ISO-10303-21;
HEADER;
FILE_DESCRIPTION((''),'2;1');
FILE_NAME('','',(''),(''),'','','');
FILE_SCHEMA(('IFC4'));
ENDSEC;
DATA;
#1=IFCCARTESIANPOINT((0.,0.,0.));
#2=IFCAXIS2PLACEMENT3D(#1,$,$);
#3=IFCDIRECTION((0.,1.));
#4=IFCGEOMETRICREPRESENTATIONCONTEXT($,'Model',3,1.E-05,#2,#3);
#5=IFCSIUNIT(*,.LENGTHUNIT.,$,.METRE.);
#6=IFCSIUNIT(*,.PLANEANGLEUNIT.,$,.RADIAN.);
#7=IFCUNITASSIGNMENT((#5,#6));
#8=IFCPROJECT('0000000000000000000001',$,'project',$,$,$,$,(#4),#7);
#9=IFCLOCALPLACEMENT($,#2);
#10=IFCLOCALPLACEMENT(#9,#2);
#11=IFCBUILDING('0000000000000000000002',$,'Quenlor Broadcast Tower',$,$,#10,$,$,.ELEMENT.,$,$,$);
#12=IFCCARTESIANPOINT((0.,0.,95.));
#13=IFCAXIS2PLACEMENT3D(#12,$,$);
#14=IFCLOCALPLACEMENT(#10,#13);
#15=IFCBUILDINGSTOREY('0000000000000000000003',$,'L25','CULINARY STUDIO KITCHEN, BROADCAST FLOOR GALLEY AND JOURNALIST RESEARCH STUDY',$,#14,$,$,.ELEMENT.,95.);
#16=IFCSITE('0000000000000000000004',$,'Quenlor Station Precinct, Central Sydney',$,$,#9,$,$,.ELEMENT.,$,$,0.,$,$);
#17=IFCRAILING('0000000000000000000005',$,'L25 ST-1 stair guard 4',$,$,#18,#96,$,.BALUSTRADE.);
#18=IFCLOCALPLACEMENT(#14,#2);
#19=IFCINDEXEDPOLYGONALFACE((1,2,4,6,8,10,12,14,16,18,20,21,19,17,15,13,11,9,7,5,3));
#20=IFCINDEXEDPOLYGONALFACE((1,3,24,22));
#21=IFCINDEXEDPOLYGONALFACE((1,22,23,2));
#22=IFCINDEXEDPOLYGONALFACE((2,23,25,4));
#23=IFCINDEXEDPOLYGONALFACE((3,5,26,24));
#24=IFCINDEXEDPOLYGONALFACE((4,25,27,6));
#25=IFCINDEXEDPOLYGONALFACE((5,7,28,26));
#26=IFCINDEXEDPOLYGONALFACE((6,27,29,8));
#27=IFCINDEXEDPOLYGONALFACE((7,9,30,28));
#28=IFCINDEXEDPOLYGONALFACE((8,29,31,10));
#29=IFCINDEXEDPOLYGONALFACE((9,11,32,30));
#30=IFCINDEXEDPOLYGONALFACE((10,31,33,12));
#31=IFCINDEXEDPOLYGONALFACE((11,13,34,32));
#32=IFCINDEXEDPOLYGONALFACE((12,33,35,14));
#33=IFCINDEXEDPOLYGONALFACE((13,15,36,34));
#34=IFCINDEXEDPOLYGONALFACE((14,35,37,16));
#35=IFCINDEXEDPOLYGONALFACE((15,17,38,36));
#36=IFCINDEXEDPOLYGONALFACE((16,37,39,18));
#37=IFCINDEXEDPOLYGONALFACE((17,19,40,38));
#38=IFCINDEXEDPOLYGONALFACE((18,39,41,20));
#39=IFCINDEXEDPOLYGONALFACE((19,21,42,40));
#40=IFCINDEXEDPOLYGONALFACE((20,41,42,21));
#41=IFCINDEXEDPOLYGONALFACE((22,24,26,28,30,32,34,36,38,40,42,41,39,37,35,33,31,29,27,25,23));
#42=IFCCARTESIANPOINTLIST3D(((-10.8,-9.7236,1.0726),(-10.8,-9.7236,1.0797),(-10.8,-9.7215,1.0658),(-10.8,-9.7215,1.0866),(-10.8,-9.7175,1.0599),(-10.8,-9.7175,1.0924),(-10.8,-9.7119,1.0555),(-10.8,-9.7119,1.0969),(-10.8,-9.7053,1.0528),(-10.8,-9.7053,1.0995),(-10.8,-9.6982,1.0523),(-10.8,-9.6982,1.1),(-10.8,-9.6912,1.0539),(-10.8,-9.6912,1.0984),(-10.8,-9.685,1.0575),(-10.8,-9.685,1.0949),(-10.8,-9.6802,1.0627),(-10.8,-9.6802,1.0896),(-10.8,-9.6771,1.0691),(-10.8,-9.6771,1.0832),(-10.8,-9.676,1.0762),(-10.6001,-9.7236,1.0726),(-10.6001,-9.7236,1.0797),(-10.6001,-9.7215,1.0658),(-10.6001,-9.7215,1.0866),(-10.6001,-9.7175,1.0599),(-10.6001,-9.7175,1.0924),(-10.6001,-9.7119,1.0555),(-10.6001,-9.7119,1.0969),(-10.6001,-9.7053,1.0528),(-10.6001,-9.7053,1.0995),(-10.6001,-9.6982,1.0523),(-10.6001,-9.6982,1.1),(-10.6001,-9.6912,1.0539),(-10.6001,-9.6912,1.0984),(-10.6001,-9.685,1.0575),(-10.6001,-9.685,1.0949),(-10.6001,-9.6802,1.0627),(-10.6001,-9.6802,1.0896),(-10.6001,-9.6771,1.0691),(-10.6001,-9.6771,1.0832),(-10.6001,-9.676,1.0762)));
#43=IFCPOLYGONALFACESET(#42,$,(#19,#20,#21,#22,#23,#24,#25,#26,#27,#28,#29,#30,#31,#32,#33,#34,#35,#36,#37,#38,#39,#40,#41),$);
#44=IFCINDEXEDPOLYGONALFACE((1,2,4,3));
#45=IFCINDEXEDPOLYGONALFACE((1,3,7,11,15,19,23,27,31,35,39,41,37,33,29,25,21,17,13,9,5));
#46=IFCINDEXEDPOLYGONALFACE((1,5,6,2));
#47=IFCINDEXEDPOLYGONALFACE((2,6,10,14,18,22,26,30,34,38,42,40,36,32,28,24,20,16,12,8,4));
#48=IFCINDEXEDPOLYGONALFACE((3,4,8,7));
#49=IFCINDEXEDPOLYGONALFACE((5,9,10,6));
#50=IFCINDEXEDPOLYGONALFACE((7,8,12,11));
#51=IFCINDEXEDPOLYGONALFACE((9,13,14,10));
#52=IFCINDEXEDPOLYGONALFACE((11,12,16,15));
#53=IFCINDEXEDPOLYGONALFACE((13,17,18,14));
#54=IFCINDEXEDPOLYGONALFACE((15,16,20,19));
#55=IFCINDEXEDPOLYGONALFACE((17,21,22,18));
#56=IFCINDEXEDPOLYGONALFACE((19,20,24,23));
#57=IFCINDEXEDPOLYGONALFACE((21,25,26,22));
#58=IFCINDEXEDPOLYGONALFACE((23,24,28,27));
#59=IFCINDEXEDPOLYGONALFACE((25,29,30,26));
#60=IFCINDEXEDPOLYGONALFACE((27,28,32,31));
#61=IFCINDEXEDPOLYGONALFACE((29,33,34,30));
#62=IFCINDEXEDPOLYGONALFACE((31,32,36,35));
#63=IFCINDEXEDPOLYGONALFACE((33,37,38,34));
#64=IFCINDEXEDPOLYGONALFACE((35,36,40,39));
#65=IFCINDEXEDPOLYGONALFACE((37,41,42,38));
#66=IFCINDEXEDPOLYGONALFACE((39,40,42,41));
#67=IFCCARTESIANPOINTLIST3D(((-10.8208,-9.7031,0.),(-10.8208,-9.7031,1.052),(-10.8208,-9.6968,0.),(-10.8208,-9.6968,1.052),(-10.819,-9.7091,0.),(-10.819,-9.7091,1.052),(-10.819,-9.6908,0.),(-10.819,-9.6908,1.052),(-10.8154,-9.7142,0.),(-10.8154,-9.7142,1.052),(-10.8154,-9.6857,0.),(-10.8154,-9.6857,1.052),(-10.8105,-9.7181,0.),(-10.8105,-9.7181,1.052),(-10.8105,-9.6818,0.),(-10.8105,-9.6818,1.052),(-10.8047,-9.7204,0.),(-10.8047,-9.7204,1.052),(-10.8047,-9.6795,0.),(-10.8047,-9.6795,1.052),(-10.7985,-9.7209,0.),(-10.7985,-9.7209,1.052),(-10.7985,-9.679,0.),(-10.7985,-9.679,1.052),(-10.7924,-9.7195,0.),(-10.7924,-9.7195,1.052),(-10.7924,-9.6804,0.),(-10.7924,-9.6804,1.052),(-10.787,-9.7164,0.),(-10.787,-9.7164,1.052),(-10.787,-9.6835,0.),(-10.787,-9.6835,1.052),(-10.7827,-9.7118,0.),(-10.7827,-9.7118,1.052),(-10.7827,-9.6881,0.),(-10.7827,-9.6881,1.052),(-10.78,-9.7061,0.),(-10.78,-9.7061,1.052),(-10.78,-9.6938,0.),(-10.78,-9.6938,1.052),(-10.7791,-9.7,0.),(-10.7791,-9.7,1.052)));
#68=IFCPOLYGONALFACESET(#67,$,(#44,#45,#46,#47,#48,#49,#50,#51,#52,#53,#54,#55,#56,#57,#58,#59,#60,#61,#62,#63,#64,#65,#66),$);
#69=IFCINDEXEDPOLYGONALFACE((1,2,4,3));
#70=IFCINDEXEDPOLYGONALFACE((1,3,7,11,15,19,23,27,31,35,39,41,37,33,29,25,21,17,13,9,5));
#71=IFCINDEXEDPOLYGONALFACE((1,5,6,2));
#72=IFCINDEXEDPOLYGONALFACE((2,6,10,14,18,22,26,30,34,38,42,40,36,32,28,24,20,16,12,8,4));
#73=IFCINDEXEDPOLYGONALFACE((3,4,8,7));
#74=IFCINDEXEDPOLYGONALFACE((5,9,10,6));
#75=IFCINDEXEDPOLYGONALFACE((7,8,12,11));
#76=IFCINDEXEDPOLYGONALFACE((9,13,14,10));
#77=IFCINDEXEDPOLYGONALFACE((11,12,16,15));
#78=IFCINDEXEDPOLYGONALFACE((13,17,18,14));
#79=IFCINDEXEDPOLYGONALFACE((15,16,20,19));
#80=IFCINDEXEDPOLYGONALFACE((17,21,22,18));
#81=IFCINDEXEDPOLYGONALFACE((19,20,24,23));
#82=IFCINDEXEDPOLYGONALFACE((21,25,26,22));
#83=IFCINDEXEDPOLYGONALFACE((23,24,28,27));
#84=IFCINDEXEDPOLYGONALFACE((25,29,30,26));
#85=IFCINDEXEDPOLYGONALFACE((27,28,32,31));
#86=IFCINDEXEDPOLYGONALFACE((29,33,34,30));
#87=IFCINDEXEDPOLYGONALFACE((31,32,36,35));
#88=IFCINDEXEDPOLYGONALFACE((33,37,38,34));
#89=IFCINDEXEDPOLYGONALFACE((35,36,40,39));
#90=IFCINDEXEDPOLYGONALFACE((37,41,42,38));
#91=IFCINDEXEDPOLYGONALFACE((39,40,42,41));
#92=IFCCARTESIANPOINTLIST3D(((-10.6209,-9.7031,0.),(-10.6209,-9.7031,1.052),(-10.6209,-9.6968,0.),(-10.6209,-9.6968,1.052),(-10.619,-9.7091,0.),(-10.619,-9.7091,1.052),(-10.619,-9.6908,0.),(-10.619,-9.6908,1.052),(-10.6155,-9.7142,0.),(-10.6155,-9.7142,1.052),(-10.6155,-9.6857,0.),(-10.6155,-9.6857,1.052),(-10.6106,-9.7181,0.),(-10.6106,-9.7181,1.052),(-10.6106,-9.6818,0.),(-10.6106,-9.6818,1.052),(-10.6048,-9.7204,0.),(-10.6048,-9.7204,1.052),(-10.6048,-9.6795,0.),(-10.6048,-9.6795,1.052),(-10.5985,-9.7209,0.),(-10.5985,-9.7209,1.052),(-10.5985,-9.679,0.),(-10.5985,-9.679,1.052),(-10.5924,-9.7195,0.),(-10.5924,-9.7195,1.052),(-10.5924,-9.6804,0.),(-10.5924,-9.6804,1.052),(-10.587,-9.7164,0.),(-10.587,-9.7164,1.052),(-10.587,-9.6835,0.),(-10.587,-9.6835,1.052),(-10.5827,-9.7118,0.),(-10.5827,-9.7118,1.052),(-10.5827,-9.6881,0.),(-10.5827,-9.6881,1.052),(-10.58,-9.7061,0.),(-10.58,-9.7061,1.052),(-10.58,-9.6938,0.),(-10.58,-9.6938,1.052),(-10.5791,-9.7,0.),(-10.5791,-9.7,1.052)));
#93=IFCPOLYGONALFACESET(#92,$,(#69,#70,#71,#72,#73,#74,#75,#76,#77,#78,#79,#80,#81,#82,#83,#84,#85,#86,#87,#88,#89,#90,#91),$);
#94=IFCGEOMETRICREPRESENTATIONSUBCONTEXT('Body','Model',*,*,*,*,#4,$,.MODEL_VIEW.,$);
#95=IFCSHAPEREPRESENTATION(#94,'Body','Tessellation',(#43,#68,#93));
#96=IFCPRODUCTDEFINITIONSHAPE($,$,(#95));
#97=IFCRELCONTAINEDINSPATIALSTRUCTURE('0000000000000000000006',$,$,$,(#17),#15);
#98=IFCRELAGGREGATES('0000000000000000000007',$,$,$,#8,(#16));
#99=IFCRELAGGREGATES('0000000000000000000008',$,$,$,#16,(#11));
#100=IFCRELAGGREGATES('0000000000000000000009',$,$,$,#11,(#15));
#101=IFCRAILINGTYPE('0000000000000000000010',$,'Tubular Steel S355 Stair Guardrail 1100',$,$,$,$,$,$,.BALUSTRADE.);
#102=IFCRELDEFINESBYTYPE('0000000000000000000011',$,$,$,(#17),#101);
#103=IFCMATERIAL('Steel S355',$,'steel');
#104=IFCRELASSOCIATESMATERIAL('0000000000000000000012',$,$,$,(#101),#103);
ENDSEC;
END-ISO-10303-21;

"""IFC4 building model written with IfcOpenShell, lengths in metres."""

from ifc_helpers import new_model, si_unit, direction, frame, origin, origin_2d, place, context, subcontext, project, spatial, circle, extrude, material, type_object, element, save


model = new_model("IFC4")

# Units and contexts
model_context = context("Model", 3, precision=1e-05, world=origin(), true_north=direction((0.0, 1.0)))
body_context = subcontext(model_context, "Body", "Model", "MODEL_VIEW")
ifc_project = project(units=[si_unit("LENGTHUNIT", "METRE"), si_unit("PLANEANGLEUNIT", "RADIAN")], contexts=[model_context])

# Site, building, storey
site_placement = place(None, origin())
site = spatial("IfcSite", under=ifc_project, at=site_placement, Name="Quenlor Station Precinct, Central Sydney", CompositionType="ELEMENT", RefElevation=0.0)
building_placement = place(site_placement, origin())
building = spatial("IfcBuilding", under=site, at=building_placement, Name="Quenlor Broadcast Tower", CompositionType="ELEMENT")
storey_placement = place(building_placement, frame((0.0, 0.0, 95.0)))
storey = spatial("IfcBuildingStorey", under=building, at=storey_placement, Name="L25", Description="CULINARY STUDIO KITCHEN, BROADCAST FLOOR GALLEY AND JOURNALIST RESEARCH STUDY", CompositionType="ELEMENT", Elevation=95.0)

# Railing
ifc_material_1 = material(Name="Steel S355", Category="steel")
railing_type_1 = type_object("IfcRailingType", Name="Tubular Steel S355 Stair Guardrail 1100", PredefinedType="BALUSTRADE", material=ifc_material_1)
railing_1_placement = place(storey_placement, frame((-10.8, -9.7, 0.0)))
element("IfcRailing", 1, at=railing_1_placement, inside=storey, type_object=railing_type_1, Name="L25 ST-1 stair guard 4", PredefinedType="BALUSTRADE", context=body_context, shape_type="SweptSolid", body=[
    extrude(circle(Radius=0.0239, at=origin_2d()), frame((0.0, 0.0, 1.0762), z_axis=(1.0, 0.0, 0.0), x_axis=(0.0, 1.0, 0.0)), (0.0, 0.0, 1.0), 0.2),
    extrude(circle(Radius=0.021, at=origin_2d()), origin(), (0.0, 0.0, 1.0), 1.052),
    extrude(circle(Radius=0.021, at=origin_2d()), frame((0.2, 0.0, 0.0)), (0.0, 0.0, 1.0), 1.052),
])

save(model, "model.ifc")
